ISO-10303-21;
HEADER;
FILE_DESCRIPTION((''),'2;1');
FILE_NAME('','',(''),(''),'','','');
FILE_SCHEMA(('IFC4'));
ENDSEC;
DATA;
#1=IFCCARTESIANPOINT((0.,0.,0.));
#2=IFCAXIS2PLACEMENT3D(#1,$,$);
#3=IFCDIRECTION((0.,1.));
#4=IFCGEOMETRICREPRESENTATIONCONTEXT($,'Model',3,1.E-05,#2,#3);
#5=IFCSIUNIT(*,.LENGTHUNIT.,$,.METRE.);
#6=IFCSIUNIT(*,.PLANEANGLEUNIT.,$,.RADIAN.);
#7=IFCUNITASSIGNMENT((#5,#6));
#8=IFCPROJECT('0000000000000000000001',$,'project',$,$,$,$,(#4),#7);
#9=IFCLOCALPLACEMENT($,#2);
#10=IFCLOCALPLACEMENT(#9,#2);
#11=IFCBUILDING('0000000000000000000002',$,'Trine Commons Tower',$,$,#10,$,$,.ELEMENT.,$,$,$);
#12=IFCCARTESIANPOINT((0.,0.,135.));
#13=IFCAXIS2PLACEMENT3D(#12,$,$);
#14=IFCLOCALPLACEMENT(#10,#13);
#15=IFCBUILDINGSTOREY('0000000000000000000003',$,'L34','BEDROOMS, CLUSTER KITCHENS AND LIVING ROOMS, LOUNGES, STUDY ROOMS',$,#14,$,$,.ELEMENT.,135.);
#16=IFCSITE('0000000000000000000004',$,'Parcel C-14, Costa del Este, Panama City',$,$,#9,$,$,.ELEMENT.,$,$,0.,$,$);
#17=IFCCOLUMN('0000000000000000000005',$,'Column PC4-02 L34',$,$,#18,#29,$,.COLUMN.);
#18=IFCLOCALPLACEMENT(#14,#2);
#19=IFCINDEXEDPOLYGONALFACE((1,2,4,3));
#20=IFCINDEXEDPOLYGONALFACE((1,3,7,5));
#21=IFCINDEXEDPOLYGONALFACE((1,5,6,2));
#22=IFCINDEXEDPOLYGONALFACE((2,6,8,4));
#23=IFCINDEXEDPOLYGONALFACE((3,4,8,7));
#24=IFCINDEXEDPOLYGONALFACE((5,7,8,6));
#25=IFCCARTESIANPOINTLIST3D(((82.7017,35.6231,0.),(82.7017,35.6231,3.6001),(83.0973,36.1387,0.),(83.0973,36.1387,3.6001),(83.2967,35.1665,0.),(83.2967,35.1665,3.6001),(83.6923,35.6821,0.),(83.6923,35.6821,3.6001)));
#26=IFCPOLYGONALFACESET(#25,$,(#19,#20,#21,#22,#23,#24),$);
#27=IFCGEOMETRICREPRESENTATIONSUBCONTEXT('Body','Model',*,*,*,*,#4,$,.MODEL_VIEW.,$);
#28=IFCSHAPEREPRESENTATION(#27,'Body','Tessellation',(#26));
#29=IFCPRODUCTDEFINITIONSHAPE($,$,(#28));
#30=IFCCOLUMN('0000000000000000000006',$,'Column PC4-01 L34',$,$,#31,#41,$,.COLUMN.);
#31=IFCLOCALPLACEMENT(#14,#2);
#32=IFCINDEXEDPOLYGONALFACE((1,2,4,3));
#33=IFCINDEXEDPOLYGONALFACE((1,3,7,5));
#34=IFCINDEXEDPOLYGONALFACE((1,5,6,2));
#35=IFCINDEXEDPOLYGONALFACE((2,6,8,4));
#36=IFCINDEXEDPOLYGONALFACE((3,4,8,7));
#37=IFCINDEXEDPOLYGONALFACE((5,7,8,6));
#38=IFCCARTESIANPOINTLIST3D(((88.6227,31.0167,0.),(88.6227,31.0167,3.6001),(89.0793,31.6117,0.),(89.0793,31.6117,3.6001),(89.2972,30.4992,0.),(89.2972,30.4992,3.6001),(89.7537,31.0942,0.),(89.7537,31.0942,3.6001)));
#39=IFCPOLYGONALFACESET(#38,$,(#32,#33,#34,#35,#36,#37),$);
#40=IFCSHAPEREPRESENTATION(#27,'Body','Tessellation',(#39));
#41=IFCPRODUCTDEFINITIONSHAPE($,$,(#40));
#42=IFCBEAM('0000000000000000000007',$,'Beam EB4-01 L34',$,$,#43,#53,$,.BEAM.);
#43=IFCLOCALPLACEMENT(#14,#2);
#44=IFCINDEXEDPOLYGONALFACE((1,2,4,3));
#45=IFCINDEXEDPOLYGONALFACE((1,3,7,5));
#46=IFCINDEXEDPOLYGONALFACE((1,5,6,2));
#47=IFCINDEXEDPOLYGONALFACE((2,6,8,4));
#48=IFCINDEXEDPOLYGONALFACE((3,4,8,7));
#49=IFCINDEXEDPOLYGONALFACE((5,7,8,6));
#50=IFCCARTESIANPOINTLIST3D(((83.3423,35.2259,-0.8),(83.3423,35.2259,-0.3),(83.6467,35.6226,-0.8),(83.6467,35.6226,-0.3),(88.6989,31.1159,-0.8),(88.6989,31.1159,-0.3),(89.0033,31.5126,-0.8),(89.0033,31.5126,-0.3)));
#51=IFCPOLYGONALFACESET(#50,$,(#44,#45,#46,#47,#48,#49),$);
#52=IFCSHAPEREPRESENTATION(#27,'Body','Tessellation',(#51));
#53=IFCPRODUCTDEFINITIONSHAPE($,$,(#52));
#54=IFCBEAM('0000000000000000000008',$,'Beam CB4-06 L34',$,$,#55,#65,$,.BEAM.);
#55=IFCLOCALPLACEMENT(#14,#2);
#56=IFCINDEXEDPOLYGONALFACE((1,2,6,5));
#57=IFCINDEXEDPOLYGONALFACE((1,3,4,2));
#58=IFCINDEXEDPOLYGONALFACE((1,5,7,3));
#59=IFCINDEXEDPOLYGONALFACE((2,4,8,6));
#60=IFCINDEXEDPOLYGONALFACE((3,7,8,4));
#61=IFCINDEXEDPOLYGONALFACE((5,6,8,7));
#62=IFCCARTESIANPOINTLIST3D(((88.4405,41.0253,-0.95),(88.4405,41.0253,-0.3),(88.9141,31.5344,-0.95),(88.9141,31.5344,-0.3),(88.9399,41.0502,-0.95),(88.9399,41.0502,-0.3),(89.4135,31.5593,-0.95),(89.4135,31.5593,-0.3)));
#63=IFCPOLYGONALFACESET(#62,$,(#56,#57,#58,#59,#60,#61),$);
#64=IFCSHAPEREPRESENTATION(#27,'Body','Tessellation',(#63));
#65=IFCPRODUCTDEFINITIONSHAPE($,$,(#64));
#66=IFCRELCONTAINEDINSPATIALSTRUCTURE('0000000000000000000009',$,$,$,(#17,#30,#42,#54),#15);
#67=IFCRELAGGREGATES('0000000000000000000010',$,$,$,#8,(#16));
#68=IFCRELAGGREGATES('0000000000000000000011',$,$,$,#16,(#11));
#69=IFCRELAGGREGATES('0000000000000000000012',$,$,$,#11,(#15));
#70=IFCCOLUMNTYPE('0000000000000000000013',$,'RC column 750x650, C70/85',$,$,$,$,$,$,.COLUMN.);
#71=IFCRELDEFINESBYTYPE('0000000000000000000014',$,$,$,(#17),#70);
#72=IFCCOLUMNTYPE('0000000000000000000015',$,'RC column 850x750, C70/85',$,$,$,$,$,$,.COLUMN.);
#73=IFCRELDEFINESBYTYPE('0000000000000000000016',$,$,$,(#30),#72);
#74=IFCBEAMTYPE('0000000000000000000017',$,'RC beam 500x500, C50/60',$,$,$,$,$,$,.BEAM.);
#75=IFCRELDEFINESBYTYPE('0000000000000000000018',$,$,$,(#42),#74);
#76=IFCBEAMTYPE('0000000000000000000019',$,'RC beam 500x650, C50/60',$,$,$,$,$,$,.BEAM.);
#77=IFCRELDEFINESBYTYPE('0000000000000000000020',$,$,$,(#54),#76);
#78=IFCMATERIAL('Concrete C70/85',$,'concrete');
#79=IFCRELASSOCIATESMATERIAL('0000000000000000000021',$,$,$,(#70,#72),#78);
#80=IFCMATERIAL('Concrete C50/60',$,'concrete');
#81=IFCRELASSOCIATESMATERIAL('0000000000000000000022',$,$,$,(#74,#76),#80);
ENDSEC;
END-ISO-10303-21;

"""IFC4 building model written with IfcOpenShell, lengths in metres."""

from ifc_helpers import new_model, si_unit, direction, frame, origin, origin_2d, place, context, subcontext, project, spatial, rectangle, extrude, material, material_profile, profile_set, type_object, element, save


model = new_model("IFC4")

# Units and contexts
model_context = context("Model", 3, precision=1e-05, world=origin(), true_north=direction((0.0, 1.0)))
body_context = subcontext(model_context, "Body", "Model", "MODEL_VIEW")
ifc_project = project(units=[si_unit("LENGTHUNIT", "METRE"), si_unit("PLANEANGLEUNIT", "RADIAN")], contexts=[model_context])

# Site, building, storey
site_placement = place(None, origin())
site = spatial("IfcSite", under=ifc_project, at=site_placement, Name="Parcel C-14, Costa del Este, Panama City", CompositionType="ELEMENT", RefElevation=0.0)
building_placement = place(site_placement, origin())
building = spatial("IfcBuilding", under=site, at=building_placement, Name="Trine Commons Tower", CompositionType="ELEMENT")
storey_placement = place(building_placement, frame((0.0, 0.0, 135.0)))
storey = spatial("IfcBuildingStorey", under=building, at=storey_placement, Name="L34", Description="BEDROOMS, CLUSTER KITCHENS AND LIVING ROOMS, LOUNGES, STUDY ROOMS", CompositionType="ELEMENT", Elevation=135.0)

# Columns
ifc_material_1 = material(Name="Concrete C70/85", Category="concrete")
ifc_material_profile_1 = material_profile(ifc_material_1, rectangle(XDim=0.75, YDim=0.6499, at=origin_2d()), Name="RC 750x650")
ifc_profile_set_1 = profile_set([ifc_material_profile_1], Name="Concrete C70/85")
column_type_1 = type_object("IfcColumnType", Name="RC column 750x650, C70/85", PredefinedType="COLUMN", material=ifc_profile_set_1)
column_1_placement = place(storey_placement, frame((83.197, 35.6526, 0.0), z_axis=(0.0, 0.0, 1.0), x_axis=(-0.793353, 0.608761, 0.0)))
element("IfcColumn", 1, at=column_1_placement, inside=storey, type_object=column_type_1, Name="Column PC4-02 L34", PredefinedType="COLUMN", context=body_context, shape_type="SweptSolid", body=[
    extrude(rectangle(XDim=0.75, YDim=0.6499, at=origin_2d()), origin(), (0.0, 0.0, 1.0), 3.6001),
])
ifc_material_profile_2 = material_profile(ifc_material_1, rectangle(XDim=0.8501, YDim=0.75, at=origin_2d()), Name="RC 850x750")
ifc_profile_set_2 = profile_set([ifc_material_profile_2], Name="Concrete C70/85")
column_type_2 = type_object("IfcColumnType", Name="RC column 850x750, C70/85", PredefinedType="COLUMN", material=ifc_profile_set_2)
column_2_placement = place(storey_placement, frame((89.1882, 31.0554, 0.0), z_axis=(0.0, 0.0, 1.0), x_axis=(-0.793353, 0.608761, 0.0)))
element("IfcColumn", 2, at=column_2_placement, inside=storey, type_object=column_type_2, Name="Column PC4-01 L34", PredefinedType="COLUMN", context=body_context, shape_type="SweptSolid", body=[
    extrude(rectangle(XDim=0.8501, YDim=0.75, at=origin_2d()), origin(), (0.0, 0.0, 1.0), 3.6001),
])

# Beams
ifc_material_2 = material(Name="Concrete C50/60", Category="concrete")
ifc_material_profile_3 = material_profile(ifc_material_2, rectangle(XDim=0.5, YDim=0.5, at=origin_2d()), Name="RC 500x500")
ifc_profile_set_3 = profile_set([ifc_material_profile_3], Name="Concrete C50/60")
beam_type_1 = type_object("IfcBeamType", Name="RC beam 500x500, C50/60", PredefinedType="BEAM", material=ifc_profile_set_3)
beam_1_placement = place(storey_placement, frame((88.8511, 31.3142, -0.55), z_axis=(-0.793369, 0.60874, 0.0), x_axis=(-0.60874, -0.793369, 0.0)))
element("IfcBeam", 3, at=beam_1_placement, inside=storey, type_object=beam_type_1, Name="Beam EB4-01 L34", PredefinedType="BEAM", context=body_context, shape_type="SweptSolid", body=[
    extrude(rectangle(XDim=0.5, YDim=0.5, at=origin_2d()), origin(), (0.0, 0.0, 1.0), 6.7517),
])
ifc_material_profile_4 = material_profile(ifc_material_2, rectangle(XDim=0.5, YDim=0.6499, at=origin_2d()), Name="RC 500x650")
ifc_profile_set_4 = profile_set([ifc_material_profile_4], Name="Concrete C50/60")
beam_type_2 = type_object("IfcBeamType", Name="RC beam 500x650, C50/60", PredefinedType="BEAM", material=ifc_profile_set_4)
beam_2_placement = place(storey_placement, frame((89.1638, 31.5469, -0.625), z_axis=(-0.049842, 0.998757, 0.0), x_axis=(-0.998757, -0.049842, 0.0)))
element("IfcBeam", 4, at=beam_2_placement, inside=storey, type_object=beam_type_2, Name="Beam CB4-06 L34", PredefinedType="BEAM", context=body_context, shape_type="SweptSolid", body=[
    extrude(rectangle(XDim=0.5, YDim=0.6499, at=origin_2d()), origin(), (0.0, 0.0, 1.0), 9.5027),
])

save(model, "model.ifc")
